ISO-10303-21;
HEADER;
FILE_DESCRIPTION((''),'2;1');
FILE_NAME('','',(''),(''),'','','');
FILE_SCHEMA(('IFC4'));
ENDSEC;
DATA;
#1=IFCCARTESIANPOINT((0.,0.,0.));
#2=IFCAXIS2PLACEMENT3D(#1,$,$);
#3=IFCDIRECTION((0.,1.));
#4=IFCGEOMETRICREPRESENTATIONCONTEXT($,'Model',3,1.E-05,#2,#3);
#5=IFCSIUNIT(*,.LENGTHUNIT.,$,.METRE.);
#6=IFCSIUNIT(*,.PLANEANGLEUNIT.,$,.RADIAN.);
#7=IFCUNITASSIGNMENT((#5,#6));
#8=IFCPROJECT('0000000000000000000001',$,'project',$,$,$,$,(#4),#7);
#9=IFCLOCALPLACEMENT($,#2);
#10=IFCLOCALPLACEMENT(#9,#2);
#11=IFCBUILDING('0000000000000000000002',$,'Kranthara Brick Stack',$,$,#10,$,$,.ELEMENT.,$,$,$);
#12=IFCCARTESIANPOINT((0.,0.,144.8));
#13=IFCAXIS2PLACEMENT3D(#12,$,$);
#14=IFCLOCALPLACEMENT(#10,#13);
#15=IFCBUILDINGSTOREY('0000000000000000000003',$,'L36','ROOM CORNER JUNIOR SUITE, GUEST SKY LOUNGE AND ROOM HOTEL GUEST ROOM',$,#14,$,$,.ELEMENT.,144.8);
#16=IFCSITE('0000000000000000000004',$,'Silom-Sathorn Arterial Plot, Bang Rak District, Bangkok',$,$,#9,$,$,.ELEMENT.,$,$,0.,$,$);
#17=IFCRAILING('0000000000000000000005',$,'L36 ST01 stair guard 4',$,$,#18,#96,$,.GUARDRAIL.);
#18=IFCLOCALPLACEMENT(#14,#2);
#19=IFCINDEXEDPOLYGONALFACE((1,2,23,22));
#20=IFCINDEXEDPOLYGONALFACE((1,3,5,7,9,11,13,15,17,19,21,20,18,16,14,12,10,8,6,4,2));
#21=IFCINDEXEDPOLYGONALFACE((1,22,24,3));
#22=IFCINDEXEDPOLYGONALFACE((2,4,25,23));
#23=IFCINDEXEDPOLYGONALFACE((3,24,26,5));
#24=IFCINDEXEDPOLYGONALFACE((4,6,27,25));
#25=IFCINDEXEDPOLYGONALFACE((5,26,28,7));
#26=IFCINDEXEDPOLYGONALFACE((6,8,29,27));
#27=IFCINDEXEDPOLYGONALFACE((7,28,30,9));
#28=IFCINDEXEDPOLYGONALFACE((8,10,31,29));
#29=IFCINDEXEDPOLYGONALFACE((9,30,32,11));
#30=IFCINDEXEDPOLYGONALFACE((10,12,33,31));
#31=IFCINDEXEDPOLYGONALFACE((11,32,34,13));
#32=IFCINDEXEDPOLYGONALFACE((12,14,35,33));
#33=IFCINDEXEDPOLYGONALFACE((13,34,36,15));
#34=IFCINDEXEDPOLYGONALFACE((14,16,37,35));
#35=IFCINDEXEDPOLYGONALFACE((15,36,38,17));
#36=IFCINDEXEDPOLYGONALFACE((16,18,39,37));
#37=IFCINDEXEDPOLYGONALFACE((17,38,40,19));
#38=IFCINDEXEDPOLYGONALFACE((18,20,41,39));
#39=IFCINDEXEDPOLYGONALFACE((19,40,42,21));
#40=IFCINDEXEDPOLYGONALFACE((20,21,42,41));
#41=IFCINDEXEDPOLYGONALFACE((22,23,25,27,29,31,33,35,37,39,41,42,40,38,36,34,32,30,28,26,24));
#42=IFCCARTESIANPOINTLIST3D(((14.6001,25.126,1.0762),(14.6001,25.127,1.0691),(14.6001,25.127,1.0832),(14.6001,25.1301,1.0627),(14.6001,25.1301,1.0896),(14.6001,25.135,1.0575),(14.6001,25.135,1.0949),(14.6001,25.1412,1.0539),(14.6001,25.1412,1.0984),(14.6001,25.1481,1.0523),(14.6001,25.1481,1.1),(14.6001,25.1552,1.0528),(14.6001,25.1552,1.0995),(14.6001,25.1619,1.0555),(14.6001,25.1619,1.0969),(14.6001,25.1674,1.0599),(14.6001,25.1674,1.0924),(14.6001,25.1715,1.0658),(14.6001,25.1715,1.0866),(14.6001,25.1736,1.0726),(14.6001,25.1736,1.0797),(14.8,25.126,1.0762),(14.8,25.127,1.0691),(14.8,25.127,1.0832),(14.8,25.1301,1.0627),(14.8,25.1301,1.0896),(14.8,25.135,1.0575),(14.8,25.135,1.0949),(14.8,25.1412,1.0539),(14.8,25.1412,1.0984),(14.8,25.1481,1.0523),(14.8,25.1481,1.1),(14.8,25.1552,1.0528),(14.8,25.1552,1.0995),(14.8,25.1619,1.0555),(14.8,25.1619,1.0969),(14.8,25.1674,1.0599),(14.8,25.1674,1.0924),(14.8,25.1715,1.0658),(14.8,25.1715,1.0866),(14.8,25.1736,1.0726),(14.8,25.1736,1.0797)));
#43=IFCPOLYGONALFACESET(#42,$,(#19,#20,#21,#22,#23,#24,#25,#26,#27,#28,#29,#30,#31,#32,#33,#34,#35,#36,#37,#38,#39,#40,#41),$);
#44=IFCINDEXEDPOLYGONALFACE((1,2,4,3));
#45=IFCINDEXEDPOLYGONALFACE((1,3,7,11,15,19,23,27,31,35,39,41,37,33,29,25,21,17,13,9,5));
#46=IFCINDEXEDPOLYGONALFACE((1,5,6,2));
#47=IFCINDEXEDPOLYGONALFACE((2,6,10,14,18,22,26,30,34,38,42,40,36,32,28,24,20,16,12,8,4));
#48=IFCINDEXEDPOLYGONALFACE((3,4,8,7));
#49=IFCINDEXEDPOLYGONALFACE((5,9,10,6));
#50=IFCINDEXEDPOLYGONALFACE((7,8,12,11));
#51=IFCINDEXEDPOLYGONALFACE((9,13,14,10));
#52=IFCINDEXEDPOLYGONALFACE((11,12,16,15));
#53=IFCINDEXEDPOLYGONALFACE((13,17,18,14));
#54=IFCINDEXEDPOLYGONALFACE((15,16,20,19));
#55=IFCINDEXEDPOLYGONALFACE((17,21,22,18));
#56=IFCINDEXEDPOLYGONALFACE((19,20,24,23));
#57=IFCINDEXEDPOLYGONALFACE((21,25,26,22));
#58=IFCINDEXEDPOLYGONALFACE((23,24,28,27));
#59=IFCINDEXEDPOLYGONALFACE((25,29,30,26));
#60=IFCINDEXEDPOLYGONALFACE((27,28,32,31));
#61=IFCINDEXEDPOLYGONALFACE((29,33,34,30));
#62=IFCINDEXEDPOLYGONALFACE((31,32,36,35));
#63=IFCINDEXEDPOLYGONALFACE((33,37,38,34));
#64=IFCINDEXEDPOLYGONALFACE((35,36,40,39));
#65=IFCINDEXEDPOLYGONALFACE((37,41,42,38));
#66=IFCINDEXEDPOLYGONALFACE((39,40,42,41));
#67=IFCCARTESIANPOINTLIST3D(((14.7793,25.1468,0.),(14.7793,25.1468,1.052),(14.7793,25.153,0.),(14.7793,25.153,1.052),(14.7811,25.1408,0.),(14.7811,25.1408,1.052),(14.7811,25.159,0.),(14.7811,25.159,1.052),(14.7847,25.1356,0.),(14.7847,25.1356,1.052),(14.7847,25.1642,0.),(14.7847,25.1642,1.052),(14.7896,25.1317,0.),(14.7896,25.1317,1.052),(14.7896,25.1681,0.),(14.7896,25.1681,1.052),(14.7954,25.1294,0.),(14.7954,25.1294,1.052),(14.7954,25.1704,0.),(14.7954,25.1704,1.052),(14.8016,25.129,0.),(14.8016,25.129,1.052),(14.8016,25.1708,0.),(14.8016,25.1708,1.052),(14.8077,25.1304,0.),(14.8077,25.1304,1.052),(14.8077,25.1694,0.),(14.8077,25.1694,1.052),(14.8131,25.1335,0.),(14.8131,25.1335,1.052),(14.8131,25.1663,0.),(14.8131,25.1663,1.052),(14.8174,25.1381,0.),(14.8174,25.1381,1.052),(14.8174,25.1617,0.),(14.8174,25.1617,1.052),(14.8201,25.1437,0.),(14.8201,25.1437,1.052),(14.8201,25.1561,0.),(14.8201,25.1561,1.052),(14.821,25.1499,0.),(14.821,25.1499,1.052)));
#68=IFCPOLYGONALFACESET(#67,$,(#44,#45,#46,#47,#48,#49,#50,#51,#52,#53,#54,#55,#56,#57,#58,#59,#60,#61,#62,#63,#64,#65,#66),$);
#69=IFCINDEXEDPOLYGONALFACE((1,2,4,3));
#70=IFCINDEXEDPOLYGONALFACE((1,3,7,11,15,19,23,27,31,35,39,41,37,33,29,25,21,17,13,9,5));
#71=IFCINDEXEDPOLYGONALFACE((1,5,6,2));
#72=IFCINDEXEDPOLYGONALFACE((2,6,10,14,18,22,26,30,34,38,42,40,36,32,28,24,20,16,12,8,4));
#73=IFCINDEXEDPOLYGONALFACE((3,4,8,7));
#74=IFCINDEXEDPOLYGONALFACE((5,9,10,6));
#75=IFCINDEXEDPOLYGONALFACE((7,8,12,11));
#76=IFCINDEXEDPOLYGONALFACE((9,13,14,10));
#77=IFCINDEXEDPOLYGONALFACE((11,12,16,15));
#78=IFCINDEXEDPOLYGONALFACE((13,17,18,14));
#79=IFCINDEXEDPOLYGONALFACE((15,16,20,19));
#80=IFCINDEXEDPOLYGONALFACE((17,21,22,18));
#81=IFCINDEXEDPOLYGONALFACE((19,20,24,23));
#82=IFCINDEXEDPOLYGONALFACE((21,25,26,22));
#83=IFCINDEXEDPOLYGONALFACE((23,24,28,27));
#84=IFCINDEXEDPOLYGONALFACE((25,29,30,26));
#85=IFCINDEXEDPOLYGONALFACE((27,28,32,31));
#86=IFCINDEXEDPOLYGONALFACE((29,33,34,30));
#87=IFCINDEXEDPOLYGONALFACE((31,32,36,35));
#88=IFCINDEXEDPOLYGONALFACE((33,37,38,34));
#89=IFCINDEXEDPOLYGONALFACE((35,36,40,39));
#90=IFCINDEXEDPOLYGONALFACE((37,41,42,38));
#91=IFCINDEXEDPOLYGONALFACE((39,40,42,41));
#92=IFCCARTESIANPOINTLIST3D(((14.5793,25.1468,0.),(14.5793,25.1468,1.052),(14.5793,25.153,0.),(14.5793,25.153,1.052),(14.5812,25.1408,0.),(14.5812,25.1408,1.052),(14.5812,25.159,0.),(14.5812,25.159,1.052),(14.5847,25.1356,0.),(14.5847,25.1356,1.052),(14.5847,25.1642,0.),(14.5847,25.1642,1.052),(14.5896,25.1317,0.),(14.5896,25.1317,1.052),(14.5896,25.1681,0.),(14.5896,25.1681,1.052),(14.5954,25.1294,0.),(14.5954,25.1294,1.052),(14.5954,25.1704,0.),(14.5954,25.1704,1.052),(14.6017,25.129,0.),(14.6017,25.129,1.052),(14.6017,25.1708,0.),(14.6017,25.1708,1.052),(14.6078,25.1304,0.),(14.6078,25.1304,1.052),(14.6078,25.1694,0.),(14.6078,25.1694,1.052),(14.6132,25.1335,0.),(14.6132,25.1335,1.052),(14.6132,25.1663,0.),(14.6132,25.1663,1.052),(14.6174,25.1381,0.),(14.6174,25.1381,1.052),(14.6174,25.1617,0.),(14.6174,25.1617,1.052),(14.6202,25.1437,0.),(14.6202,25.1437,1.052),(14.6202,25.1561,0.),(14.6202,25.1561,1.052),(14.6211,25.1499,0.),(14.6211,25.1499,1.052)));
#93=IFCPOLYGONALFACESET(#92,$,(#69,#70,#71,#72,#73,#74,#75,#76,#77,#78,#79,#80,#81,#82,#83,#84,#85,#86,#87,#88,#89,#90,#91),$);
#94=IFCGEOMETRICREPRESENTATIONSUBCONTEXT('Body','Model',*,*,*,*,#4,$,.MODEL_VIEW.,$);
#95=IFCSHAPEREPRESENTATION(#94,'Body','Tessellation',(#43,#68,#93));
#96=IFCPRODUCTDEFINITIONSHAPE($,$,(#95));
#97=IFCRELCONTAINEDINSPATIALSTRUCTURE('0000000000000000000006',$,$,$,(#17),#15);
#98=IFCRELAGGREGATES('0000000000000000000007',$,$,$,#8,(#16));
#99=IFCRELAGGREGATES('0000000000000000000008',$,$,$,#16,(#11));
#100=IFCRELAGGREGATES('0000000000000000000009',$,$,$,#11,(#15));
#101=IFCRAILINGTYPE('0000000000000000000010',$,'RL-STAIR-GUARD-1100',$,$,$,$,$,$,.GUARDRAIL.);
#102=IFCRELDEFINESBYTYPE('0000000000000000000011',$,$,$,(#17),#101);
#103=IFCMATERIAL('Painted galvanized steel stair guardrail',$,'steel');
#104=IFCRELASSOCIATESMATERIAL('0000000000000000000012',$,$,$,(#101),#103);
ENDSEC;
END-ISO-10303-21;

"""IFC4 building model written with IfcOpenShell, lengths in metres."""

from ifc_helpers import new_model, si_unit, direction, frame, origin, origin_2d, place, context, subcontext, project, spatial, circle, extrude, material, type_object, element, save


model = new_model("IFC4")

# Units and contexts
model_context = context("Model", 3, precision=1e-05, world=origin(), true_north=direction((0.0, 1.0)))
body_context = subcontext(model_context, "Body", "Model", "MODEL_VIEW")
ifc_project = project(units=[si_unit("LENGTHUNIT", "METRE"), si_unit("PLANEANGLEUNIT", "RADIAN")], contexts=[model_context])

# Site, building, storey
site_placement = place(None, origin())
site = spatial("IfcSite", under=ifc_project, at=site_placement, Name="Silom-Sathorn Arterial Plot, Bang Rak District, Bangkok", CompositionType="ELEMENT", RefElevation=0.0)
building_placement = place(site_placement, origin())
building = spatial("IfcBuilding", under=site, at=building_placement, Name="Kranthara Brick Stack", CompositionType="ELEMENT")
storey_placement = place(building_placement, frame((0.0, 0.0, 144.8)))
storey = spatial("IfcBuildingStorey", under=building, at=storey_placement, Name="L36", Description="ROOM CORNER JUNIOR SUITE, GUEST SKY LOUNGE AND ROOM HOTEL GUEST ROOM", CompositionType="ELEMENT", Elevation=144.8)

# Railing
ifc_material_1 = material(Name="Painted galvanized steel stair guardrail", Category="steel")
railing_type_1 = type_object("IfcRailingType", Name="RL-STAIR-GUARD-1100", PredefinedType="GUARDRAIL", material=ifc_material_1)
railing_1_placement = place(storey_placement, frame((14.8, 25.1499, 0.0)))
element("IfcRailing", 1, at=railing_1_placement, inside=storey, type_object=railing_type_1, Name="L36 ST01 stair guard 4", PredefinedType="GUARDRAIL", context=body_context, shape_type="SweptSolid", body=[
    extrude(circle(Radius=0.0239, at=origin_2d()), frame((0.0, 0.0, 1.0762), z_axis=(-1.0, 0.0, 0.0), x_axis=(0.0, -1.0, 0.0)), (0.0, 0.0, 1.0), 0.2),
    extrude(circle(Radius=0.021, at=origin_2d()), origin(), (0.0, 0.0, 1.0), 1.052),
    extrude(circle(Radius=0.021, at=origin_2d()), frame((-0.2, 0.0, 0.0)), (0.0, 0.0, 1.0), 1.052),
])

save(model, "model.ifc")
